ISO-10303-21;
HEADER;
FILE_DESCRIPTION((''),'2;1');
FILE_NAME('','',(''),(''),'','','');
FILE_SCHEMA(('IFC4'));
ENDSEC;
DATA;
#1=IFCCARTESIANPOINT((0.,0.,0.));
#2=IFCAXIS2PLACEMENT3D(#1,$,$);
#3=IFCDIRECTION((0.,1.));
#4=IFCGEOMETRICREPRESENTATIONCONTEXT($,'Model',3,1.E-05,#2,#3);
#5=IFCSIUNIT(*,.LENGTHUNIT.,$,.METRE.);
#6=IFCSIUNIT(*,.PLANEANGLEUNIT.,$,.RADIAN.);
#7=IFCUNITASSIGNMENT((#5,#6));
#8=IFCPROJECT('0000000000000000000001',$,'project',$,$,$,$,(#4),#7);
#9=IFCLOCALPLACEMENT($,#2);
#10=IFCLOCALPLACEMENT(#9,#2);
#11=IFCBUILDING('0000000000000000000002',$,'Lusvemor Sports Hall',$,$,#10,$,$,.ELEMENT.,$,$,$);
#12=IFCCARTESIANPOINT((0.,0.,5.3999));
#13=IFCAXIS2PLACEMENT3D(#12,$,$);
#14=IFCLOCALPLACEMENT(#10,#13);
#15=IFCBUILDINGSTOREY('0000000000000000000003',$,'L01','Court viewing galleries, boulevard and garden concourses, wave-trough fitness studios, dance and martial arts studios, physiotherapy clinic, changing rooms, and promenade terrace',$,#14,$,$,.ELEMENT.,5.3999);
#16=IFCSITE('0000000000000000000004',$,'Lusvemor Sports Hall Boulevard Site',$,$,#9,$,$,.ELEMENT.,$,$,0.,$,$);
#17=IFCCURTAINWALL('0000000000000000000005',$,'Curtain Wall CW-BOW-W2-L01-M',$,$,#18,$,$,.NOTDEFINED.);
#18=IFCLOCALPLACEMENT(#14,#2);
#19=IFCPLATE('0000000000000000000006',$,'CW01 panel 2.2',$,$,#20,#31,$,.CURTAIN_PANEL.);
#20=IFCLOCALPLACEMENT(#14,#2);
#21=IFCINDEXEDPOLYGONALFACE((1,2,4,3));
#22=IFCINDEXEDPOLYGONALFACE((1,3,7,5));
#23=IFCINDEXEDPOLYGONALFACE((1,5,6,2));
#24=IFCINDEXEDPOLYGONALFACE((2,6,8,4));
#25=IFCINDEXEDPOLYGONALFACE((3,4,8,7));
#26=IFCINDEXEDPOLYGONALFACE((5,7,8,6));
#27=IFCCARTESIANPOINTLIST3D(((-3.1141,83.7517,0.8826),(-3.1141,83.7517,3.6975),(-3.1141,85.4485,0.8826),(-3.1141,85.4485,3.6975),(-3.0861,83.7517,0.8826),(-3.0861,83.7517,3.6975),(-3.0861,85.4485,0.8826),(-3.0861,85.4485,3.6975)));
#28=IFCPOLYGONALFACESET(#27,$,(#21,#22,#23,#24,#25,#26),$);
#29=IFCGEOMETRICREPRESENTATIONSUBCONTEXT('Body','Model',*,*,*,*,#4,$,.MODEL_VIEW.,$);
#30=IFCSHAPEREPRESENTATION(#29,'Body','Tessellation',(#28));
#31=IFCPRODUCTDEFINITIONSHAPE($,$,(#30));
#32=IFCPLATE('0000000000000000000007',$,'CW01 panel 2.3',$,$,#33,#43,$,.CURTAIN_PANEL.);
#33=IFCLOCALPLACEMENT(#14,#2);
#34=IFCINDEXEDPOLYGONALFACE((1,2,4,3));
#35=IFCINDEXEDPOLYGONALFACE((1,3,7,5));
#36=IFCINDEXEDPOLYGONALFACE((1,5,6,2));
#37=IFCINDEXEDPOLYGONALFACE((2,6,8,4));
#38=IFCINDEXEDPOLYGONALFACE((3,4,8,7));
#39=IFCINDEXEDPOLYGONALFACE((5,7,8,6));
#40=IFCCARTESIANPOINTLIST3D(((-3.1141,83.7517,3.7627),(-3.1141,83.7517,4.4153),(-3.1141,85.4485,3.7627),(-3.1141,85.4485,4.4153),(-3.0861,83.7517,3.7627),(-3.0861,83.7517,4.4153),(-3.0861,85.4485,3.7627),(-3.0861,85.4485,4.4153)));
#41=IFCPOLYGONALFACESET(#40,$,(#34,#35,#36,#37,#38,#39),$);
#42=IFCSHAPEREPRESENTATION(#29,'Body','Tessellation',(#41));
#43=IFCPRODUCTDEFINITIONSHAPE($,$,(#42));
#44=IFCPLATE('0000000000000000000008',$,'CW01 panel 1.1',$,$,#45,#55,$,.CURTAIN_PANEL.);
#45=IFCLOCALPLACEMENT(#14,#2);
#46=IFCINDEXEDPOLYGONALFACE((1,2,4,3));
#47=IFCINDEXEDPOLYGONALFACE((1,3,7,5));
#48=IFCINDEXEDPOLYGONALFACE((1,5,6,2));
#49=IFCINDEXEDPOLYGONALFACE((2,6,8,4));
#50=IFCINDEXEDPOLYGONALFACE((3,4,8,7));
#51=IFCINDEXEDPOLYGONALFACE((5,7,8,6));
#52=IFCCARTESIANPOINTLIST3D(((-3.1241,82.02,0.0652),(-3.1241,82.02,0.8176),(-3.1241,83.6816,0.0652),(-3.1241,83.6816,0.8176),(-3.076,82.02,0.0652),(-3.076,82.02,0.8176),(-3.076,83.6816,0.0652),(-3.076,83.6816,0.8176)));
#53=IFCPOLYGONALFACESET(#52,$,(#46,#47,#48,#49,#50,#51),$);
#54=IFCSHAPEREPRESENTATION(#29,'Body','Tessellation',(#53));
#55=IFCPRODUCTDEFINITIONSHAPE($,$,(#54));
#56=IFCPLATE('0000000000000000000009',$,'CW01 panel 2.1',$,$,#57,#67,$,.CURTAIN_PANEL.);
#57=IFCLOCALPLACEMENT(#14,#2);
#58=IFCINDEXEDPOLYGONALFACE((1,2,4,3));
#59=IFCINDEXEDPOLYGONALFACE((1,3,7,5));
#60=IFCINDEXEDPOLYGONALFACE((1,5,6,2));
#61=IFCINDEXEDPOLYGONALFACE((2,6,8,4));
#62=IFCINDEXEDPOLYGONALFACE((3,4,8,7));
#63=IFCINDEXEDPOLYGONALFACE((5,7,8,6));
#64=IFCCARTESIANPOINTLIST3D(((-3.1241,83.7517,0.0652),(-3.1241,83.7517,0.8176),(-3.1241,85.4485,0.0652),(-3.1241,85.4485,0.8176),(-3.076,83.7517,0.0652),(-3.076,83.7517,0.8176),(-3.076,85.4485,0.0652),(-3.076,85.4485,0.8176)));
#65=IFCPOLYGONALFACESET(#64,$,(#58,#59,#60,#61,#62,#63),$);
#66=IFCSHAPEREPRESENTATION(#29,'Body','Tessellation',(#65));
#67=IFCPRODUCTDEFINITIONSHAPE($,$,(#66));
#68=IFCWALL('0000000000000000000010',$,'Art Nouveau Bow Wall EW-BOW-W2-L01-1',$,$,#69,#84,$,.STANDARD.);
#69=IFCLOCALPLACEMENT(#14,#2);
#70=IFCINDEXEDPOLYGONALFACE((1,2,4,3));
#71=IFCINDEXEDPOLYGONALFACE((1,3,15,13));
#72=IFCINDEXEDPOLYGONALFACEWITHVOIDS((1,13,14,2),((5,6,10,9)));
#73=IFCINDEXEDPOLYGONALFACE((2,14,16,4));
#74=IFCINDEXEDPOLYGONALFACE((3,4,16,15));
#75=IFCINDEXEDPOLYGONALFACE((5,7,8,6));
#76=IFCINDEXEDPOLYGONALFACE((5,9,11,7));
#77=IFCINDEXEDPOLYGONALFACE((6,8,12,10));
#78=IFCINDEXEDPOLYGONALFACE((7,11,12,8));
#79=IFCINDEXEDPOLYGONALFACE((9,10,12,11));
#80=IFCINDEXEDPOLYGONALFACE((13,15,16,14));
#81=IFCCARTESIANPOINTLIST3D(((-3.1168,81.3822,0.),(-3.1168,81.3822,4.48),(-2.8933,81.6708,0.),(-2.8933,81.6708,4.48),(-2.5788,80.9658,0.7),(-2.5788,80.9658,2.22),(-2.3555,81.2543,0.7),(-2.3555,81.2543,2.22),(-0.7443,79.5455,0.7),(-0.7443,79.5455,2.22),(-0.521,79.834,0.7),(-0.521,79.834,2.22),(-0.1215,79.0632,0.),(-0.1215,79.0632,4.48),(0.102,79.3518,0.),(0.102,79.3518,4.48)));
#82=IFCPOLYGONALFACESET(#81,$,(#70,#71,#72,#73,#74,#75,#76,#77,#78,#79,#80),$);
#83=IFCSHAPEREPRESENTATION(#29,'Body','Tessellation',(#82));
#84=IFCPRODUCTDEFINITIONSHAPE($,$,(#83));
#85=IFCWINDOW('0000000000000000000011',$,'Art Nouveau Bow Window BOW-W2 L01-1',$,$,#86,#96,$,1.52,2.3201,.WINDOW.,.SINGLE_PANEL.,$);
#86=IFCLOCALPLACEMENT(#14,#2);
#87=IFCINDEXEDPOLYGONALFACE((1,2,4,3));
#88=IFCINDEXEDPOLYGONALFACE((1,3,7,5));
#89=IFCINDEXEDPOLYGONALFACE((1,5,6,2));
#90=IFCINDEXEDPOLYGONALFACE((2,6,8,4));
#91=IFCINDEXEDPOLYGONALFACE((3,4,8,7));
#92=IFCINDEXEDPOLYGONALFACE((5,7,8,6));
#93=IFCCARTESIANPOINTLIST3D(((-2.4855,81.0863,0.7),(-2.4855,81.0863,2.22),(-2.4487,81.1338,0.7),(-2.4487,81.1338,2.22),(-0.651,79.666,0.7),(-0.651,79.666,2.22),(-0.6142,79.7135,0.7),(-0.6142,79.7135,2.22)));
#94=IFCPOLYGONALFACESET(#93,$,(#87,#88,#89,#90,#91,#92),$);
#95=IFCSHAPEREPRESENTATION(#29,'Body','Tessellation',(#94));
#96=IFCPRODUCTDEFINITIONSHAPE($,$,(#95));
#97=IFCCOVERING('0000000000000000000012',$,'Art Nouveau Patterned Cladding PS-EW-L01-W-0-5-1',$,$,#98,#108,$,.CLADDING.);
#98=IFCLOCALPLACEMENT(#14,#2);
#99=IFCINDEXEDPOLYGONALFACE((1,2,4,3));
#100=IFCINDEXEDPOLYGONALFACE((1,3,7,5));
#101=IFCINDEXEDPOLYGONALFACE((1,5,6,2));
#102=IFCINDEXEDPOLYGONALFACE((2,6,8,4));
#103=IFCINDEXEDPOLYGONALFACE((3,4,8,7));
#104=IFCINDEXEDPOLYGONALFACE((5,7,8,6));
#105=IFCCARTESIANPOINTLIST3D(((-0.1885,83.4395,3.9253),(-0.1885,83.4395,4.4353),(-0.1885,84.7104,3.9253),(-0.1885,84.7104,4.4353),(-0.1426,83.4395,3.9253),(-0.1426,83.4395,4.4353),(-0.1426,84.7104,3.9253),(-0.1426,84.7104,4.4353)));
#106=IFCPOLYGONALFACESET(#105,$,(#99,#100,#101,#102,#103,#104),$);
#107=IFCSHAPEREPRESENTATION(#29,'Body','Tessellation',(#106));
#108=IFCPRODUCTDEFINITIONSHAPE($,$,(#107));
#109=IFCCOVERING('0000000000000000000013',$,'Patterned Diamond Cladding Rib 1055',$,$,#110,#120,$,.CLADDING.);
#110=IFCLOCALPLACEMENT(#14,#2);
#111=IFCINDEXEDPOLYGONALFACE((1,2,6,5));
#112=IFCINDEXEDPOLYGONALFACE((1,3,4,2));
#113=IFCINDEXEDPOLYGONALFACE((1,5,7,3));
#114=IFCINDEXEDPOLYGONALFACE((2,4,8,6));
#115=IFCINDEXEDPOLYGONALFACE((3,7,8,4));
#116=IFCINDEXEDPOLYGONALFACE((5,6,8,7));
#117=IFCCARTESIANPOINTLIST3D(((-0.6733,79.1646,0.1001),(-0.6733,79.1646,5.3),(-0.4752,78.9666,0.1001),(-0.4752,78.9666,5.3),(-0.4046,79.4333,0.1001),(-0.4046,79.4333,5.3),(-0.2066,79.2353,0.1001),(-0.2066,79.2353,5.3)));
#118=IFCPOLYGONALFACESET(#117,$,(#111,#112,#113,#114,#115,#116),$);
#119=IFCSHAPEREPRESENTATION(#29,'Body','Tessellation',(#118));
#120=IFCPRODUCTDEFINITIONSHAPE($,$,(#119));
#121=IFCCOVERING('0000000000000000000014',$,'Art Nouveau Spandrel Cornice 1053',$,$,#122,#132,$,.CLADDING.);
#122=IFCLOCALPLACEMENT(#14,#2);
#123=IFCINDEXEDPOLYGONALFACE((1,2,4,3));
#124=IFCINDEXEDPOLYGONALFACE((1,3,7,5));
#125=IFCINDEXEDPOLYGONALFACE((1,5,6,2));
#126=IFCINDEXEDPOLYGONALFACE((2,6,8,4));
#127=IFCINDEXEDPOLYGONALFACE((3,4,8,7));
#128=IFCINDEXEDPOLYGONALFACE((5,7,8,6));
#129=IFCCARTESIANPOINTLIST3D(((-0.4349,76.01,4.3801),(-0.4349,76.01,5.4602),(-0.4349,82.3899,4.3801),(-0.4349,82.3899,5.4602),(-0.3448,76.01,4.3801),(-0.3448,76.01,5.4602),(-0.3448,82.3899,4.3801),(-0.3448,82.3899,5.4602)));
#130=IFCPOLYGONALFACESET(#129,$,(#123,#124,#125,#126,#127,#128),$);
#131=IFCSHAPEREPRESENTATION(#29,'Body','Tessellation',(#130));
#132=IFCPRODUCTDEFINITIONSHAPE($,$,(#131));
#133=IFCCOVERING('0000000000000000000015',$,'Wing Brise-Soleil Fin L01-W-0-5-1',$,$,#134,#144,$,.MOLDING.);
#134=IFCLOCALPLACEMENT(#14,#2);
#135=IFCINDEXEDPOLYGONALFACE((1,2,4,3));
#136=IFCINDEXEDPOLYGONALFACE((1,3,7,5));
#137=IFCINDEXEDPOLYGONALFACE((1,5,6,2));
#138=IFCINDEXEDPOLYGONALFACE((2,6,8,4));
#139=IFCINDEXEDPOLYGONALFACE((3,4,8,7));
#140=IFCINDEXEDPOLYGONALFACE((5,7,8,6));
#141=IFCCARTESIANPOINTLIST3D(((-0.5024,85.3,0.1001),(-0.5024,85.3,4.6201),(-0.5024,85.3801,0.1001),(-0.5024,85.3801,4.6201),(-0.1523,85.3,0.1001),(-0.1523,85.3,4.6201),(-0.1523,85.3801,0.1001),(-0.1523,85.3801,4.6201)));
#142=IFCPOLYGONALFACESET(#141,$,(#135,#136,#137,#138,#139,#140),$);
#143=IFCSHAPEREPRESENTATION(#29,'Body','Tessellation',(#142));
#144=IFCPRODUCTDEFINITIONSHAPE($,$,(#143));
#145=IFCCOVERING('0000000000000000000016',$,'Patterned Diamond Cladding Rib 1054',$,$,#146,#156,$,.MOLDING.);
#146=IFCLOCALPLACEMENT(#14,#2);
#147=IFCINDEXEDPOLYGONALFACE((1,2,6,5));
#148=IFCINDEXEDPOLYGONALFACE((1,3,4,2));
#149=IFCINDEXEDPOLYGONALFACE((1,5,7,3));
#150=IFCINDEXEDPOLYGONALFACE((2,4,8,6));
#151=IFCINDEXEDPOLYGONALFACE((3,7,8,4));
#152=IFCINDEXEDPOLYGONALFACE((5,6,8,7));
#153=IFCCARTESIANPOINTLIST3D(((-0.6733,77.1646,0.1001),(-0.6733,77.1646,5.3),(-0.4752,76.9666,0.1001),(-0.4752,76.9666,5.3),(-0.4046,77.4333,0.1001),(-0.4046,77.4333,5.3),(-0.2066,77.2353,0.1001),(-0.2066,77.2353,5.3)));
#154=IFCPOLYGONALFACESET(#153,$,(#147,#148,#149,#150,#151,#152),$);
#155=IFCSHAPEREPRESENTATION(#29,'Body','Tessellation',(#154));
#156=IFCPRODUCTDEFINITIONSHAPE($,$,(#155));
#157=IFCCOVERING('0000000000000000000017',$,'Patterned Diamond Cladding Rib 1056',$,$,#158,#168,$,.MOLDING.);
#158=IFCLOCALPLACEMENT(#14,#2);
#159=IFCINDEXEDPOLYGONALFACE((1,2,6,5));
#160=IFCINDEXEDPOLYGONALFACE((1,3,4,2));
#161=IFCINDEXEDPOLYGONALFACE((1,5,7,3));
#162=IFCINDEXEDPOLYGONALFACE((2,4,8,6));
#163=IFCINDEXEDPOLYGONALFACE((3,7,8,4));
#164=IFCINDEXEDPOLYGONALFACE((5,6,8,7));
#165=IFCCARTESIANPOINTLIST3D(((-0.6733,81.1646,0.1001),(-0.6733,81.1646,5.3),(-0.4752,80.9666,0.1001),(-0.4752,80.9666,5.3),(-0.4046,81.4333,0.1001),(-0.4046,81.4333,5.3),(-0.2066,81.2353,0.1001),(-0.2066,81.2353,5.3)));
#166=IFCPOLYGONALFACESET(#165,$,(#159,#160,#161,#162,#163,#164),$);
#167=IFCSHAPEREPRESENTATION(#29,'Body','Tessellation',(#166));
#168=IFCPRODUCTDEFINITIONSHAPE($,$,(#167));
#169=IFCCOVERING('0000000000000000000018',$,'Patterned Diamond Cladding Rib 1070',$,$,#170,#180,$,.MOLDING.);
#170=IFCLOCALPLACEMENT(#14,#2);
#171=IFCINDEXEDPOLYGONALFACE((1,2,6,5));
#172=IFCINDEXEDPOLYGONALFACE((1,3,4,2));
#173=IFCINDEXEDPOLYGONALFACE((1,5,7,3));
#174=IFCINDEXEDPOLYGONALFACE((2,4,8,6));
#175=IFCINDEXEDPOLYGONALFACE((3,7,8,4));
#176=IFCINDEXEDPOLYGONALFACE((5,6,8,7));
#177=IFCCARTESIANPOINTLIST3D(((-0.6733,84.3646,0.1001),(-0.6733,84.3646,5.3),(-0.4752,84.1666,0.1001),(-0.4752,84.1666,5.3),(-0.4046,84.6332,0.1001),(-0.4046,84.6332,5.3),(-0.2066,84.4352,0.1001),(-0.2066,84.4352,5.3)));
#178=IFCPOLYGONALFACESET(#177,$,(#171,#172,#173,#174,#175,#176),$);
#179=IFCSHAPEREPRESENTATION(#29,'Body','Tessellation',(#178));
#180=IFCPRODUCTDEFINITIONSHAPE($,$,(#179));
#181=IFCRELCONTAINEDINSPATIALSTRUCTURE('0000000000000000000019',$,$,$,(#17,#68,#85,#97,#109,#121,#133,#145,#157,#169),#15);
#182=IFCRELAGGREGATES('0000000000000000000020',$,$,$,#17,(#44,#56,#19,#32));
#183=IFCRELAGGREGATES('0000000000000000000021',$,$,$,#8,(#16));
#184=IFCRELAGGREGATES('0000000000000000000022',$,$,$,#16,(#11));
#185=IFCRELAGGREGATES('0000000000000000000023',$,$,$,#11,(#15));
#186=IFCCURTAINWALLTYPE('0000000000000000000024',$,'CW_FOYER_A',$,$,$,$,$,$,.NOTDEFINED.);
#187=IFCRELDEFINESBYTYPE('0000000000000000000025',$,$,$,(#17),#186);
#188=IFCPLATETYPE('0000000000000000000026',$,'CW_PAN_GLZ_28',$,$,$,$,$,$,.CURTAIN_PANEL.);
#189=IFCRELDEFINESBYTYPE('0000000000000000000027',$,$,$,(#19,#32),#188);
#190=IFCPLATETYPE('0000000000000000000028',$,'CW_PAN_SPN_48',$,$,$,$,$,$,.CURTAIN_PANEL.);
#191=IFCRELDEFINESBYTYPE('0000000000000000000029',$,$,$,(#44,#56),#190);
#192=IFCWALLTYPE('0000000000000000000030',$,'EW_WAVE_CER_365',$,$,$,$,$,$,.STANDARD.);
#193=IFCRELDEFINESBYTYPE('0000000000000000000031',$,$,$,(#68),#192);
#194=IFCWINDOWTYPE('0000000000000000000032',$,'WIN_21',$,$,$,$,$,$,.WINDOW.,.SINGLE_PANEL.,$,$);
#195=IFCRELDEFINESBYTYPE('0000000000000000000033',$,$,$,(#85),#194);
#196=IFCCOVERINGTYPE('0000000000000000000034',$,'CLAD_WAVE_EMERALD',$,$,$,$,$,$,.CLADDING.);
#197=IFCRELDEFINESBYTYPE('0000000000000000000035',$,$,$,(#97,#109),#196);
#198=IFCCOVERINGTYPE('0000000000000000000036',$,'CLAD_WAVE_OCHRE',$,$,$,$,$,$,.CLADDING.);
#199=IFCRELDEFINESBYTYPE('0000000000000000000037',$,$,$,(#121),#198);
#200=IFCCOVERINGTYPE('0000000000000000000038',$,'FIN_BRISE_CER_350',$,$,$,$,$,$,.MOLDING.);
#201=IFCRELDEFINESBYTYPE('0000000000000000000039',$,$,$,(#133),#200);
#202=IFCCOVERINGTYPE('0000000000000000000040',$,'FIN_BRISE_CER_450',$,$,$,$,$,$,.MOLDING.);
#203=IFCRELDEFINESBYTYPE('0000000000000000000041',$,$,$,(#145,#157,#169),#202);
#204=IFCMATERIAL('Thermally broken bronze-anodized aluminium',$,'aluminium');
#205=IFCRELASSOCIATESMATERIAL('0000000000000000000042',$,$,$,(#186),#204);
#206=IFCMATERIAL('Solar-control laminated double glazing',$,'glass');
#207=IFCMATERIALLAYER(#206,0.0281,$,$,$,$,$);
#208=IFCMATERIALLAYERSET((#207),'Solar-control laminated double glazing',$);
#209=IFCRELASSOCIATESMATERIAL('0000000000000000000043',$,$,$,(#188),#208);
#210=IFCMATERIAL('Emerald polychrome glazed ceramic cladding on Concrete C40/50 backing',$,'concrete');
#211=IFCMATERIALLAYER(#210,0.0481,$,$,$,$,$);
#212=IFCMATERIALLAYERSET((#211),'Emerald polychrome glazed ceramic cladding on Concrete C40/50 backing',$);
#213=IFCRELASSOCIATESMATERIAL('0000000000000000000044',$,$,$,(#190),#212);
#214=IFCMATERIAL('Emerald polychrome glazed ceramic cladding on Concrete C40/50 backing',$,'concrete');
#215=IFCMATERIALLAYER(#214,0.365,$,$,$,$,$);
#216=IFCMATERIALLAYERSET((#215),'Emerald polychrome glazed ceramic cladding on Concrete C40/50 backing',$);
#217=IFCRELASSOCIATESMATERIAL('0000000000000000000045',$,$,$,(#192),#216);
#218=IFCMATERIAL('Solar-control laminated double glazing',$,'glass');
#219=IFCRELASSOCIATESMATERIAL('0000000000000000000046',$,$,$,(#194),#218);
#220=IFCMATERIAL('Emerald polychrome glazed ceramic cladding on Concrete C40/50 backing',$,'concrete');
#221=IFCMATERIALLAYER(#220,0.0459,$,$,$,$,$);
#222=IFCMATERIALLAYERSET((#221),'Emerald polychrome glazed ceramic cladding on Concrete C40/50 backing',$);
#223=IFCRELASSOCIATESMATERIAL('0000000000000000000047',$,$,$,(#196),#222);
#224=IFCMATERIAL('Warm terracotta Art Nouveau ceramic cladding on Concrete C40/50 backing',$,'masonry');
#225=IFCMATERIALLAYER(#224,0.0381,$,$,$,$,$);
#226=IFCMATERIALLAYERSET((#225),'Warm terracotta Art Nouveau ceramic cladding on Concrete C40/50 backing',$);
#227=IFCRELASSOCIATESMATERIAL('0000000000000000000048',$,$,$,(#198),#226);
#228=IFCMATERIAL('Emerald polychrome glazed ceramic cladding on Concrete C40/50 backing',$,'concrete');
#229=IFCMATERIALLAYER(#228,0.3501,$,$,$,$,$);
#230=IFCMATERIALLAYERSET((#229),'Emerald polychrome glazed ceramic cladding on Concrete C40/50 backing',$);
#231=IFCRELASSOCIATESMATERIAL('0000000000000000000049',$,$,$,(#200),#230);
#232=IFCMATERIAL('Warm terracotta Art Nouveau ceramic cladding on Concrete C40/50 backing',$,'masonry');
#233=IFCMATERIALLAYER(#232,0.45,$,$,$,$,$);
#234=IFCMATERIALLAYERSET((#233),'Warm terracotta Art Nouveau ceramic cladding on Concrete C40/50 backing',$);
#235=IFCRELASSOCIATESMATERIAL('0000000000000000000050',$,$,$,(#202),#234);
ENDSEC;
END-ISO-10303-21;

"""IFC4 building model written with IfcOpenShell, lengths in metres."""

from ifc_helpers import new_model, si_unit, direction, frame, frame_2d, origin, origin_2d, place, context, subcontext, project, spatial, rectangle, extrude, material, layer, layer_set, type_object, element, fill, aggregate, save


model = new_model("IFC4")

# Units and contexts
model_context = context("Model", 3, precision=1e-05, world=origin(), true_north=direction((0.0, 1.0)))
body_context = subcontext(model_context, "Body", "Model", "MODEL_VIEW")
ifc_project = project(units=[si_unit("LENGTHUNIT", "METRE"), si_unit("PLANEANGLEUNIT", "RADIAN")], contexts=[model_context])

# Site, building, storey
site_placement = place(None, origin())
site = spatial("IfcSite", under=ifc_project, at=site_placement, Name="Lusvemor Sports Hall Boulevard Site", CompositionType="ELEMENT", RefElevation=0.0)
building_placement = place(site_placement, origin())
building = spatial("IfcBuilding", under=site, at=building_placement, Name="Lusvemor Sports Hall", CompositionType="ELEMENT")
storey_placement = place(building_placement, frame((0.0, 0.0, 5.3999)))
storey = spatial("IfcBuildingStorey", under=building, at=storey_placement, Name="L01", Description="Court viewing galleries, boulevard and garden concourses, wave-trough fitness studios, dance and martial arts studios, physiotherapy clinic, changing rooms, and promenade terrace", CompositionType="ELEMENT", Elevation=5.3999)

# Curtain wall
ifc_material_1 = material(Name="Thermally broken bronze-anodized aluminium", Category="aluminium")
curtain_wall_type_1 = type_object("IfcCurtainWallType", Name="CW_FOYER_A", PredefinedType="NOTDEFINED", material=ifc_material_1)
curtain_wall_1_placement = place(storey_placement, origin())
curtain_wall_1 = element("IfcCurtainWall", 1, at=curtain_wall_1_placement, inside=storey, type_object=curtain_wall_type_1, Name="Curtain Wall CW-BOW-W2-L01-M", PredefinedType="NOTDEFINED")

# Plates
ifc_material_2 = material(Name="Solar-control laminated double glazing", Category="glass")
ifc_layer_1 = layer(ifc_material_2, 0.0281)
ifc_layer_set_1 = layer_set([ifc_layer_1], Name="Solar-control laminated double glazing")
plate_type_1 = type_object("IfcPlateType", Name="CW_PAN_GLZ_28", PredefinedType="CURTAIN_PANEL", material=ifc_layer_set_1)
plate_1_placement = place(storey_placement, frame((-3.1001, 84.6001, 0.8826), z_axis=(0.0, 0.0, 1.0), x_axis=(0.0, 1.0, 0.0)))
plate_1 = element("IfcPlate", 2, at=plate_1_placement, type_object=plate_type_1, Name="CW01 panel 2.2", PredefinedType="CURTAIN_PANEL", context=body_context, shape_type="SweptSolid", body=[
    extrude(rectangle(XDim=1.6968, YDim=0.0281, at=origin_2d()), origin(), (0.0, 0.0, 1.0), 2.8149),
])
plate_2_placement = place(storey_placement, frame((-3.1001, 84.6001, 3.7627), z_axis=(0.0, 0.0, 1.0), x_axis=(0.0, 1.0, 0.0)))
plate_2 = element("IfcPlate", 3, at=plate_2_placement, type_object=plate_type_1, Name="CW01 panel 2.3", PredefinedType="CURTAIN_PANEL", context=body_context, shape_type="SweptSolid", body=[
    extrude(rectangle(XDim=1.6968, YDim=0.0281, at=origin_2d()), origin(), (0.0, 0.0, 1.0), 0.6526),
])
ifc_material_3 = material(Name="Emerald polychrome glazed ceramic cladding on Concrete C40/50 backing", Category="concrete")
ifc_layer_2 = layer(ifc_material_3, 0.0481)
ifc_layer_set_2 = layer_set([ifc_layer_2], Name="Emerald polychrome glazed ceramic cladding on Concrete C40/50 backing")
plate_type_2 = type_object("IfcPlateType", Name="CW_PAN_SPN_48", PredefinedType="CURTAIN_PANEL", material=ifc_layer_set_2)
plate_3_placement = place(storey_placement, frame((-3.1001, 82.8508, 0.0652), z_axis=(0.0, 0.0, 1.0), x_axis=(0.0, 1.0, 0.0)))
plate_3 = element("IfcPlate", 4, at=plate_3_placement, type_object=plate_type_2, Name="CW01 panel 1.1", PredefinedType="CURTAIN_PANEL", context=body_context, shape_type="SweptSolid", body=[
    extrude(rectangle(XDim=1.6616, YDim=0.0481, at=origin_2d()), origin(), (0.0, 0.0, 1.0), 0.7524),
])
plate_4_placement = place(storey_placement, frame((-3.1001, 84.6001, 0.0652), z_axis=(0.0, 0.0, 1.0), x_axis=(0.0, 1.0, 0.0)))
plate_4 = element("IfcPlate", 5, at=plate_4_placement, type_object=plate_type_2, Name="CW01 panel 2.1", PredefinedType="CURTAIN_PANEL", context=body_context, shape_type="SweptSolid", body=[
    extrude(rectangle(XDim=1.6968, YDim=0.0481, at=origin_2d()), origin(), (0.0, 0.0, 1.0), 0.7524),
])
aggregate(curtain_wall_1, [plate_3, plate_4, plate_1, plate_2])

# Wall, opening, window
ifc_material_4 = material(Name="Emerald polychrome glazed ceramic cladding on Concrete C40/50 backing", Category="concrete")
ifc_layer_3 = layer(ifc_material_4, 0.365)
ifc_layer_set_3 = layer_set([ifc_layer_3], Name="Emerald polychrome glazed ceramic cladding on Concrete C40/50 backing")
wall_type = type_object("IfcWallType", Name="EW_WAVE_CER_365", PredefinedType="STANDARD", material=ifc_layer_set_3)
wall_placement = place(storey_placement, frame((-0.0098, 79.2075, 0.0), z_axis=(0.0, 0.0, 1.0), x_axis=(-0.790711, 0.61219, 0.0)))
wall = element("IfcWall", 6, at=wall_placement, inside=storey, type_object=wall_type, Name="Art Nouveau Bow Wall EW-BOW-W2-L01-1", PredefinedType="STANDARD", context=body_context, shape_type="SweptSolid", body=[
    extrude(rectangle(XDim=3.7881, YDim=0.365, at=frame_2d((1.894, 0.0))), origin(), (0.0, 0.0, 1.0), 4.48),
])
opening_placement = place(wall_placement, frame((0.7876, 0.0, 0.7)))
opening = element("IfcOpeningElement", 7, at=opening_placement, cuts=wall, PredefinedType="OPENING", context=body_context, shape_type="SweptSolid", body=[
    extrude(rectangle(XDim=2.3201, YDim=1.52, at=frame_2d((1.1602, 0.76))), frame((0.0, 0.1826, 0.0), z_axis=(0.0, -1.0, 0.0), x_axis=(1.0, 0.0, 0.0)), (0.0, 0.0, 1.0), 0.365),
])
ifc_material_5 = material(Name="Solar-control laminated double glazing", Category="glass")
window_type = type_object("IfcWindowType", Name="WIN_21", PartitioningType="SINGLE_PANEL", PredefinedType="WINDOW", material=ifc_material_5)
window_placement = place(opening_placement, origin())
window = element("IfcWindow", 8, at=window_placement, inside=storey, type_object=window_type, Name="Art Nouveau Bow Window BOW-W2 L01-1", OverallHeight=1.52, OverallWidth=2.3201, PartitioningType="SINGLE_PANEL", PredefinedType="WINDOW", context=body_context, shape_type="SweptSolid", body=[
    extrude(rectangle(XDim=2.3201, YDim=1.52, at=frame_2d((1.1602, 0.76))), frame((0.0, 0.03, 0.0), z_axis=(0.0, -1.0, 0.0), x_axis=(1.0, 0.0, 0.0)), (0.0, 0.0, 1.0), 0.0601),
])
fill(opening, window)

# Coverings
ifc_material_6 = material(Name="Emerald polychrome glazed ceramic cladding on Concrete C40/50 backing", Category="concrete")
ifc_layer_4 = layer(ifc_material_6, 0.0459)
ifc_layer_set_4 = layer_set([ifc_layer_4], Name="Emerald polychrome glazed ceramic cladding on Concrete C40/50 backing")
covering_type_1 = type_object("IfcCoveringType", Name="CLAD_WAVE_EMERALD", PredefinedType="CLADDING", material=ifc_layer_set_4)
covering_1_placement = place(storey_placement, frame((-0.1655, 84.075, 3.9253), z_axis=(0.0, 0.0, 1.0), x_axis=(1.0, 0.0, 0.0)))
element("IfcCovering", 9, at=covering_1_placement, inside=storey, type_object=covering_type_1, Name="Art Nouveau Patterned Cladding PS-EW-L01-W-0-5-1", PredefinedType="CLADDING", context=body_context, shape_type="SweptSolid", body=[
    extrude(rectangle(XDim=0.0459, YDim=1.271, at=origin_2d()), origin(), (0.0, 0.0, 1.0), 0.51),
])
covering_2_placement = place(storey_placement, frame((-0.4399, 79.2, 0.1001), z_axis=(0.0, 0.0, 1.0), x_axis=(0.707107, 0.707107, 0.0)))
element("IfcCovering", 10, at=covering_2_placement, inside=storey, type_object=covering_type_1, Name="Patterned Diamond Cladding Rib 1055", PredefinedType="CLADDING", context=body_context, shape_type="SweptSolid", body=[
    extrude(rectangle(XDim=0.3799, YDim=0.28, at=origin_2d()), origin(), (0.0, 0.0, 1.0), 5.2),
])
ifc_material_7 = material(Name="Warm terracotta Art Nouveau ceramic cladding on Concrete C40/50 backing", Category="masonry")
ifc_layer_5 = layer(ifc_material_7, 0.0381)
ifc_layer_set_5 = layer_set([ifc_layer_5], Name="Warm terracotta Art Nouveau ceramic cladding on Concrete C40/50 backing")
covering_type_2 = type_object("IfcCoveringType", Name="CLAD_WAVE_OCHRE", PredefinedType="CLADDING", material=ifc_layer_set_5)
covering_3_placement = place(storey_placement, frame((-0.3899, 79.2, 4.3801), z_axis=(0.0, 0.0, 1.0), x_axis=(1.0, 0.0, 0.0)))
element("IfcCovering", 11, at=covering_3_placement, inside=storey, type_object=covering_type_2, Name="Art Nouveau Spandrel Cornice 1053", PredefinedType="CLADDING", context=body_context, shape_type="SweptSolid", body=[
    extrude(rectangle(XDim=0.0901, YDim=6.3799, at=origin_2d()), origin(), (0.0, 0.0, 1.0), 1.0801),
])
ifc_material_8 = material(Name="Emerald polychrome glazed ceramic cladding on Concrete C40/50 backing", Category="concrete")
ifc_layer_6 = layer(ifc_material_8, 0.3501)
ifc_layer_set_6 = layer_set([ifc_layer_6], Name="Emerald polychrome glazed ceramic cladding on Concrete C40/50 backing")
covering_type_3 = type_object("IfcCoveringType", Name="FIN_BRISE_CER_350", PredefinedType="MOLDING", material=ifc_layer_set_6)
covering_4_placement = place(storey_placement, frame((-0.3274, 85.3401, 0.1001), z_axis=(0.0, 0.0, 1.0), x_axis=(1.0, 0.0, 0.0)))
element("IfcCovering", 12, at=covering_4_placement, inside=storey, type_object=covering_type_3, Name="Wing Brise-Soleil Fin L01-W-0-5-1", PredefinedType="MOLDING", context=body_context, shape_type="SweptSolid", body=[
    extrude(rectangle(XDim=0.3501, YDim=0.0801, at=origin_2d()), origin(), (0.0, 0.0, 1.0), 4.52),
])
ifc_material_9 = material(Name="Warm terracotta Art Nouveau ceramic cladding on Concrete C40/50 backing", Category="masonry")
ifc_layer_7 = layer(ifc_material_9, 0.45)
ifc_layer_set_7 = layer_set([ifc_layer_7], Name="Warm terracotta Art Nouveau ceramic cladding on Concrete C40/50 backing")
covering_type_4 = type_object("IfcCoveringType", Name="FIN_BRISE_CER_450", PredefinedType="MOLDING", material=ifc_layer_set_7)
for number, where, z_axis, x_axis, name in (
    (13, (-0.4399, 77.2, 0.1001), (0.0, 0.0, 1.0), (0.707107, 0.707107, 0.0), "Patterned Diamond Cladding Rib 1054"),
    (14, (-0.4399, 81.2, 0.1001), (0.0, 0.0, 1.0), (0.707107, 0.707107, 0.0), "Patterned Diamond Cladding Rib 1056"),
    (15, (-0.4399, 84.3999, 0.1001), (0.0, 0.0, 1.0), (0.707107, 0.707107, 0.0), "Patterned Diamond Cladding Rib 1070"),
):
    element("IfcCovering", number, at=place(storey_placement, frame(where, z_axis=z_axis, x_axis=x_axis)), inside=storey, type_object=covering_type_4, Name=name, PredefinedType="MOLDING", context=body_context, shape_type="SweptSolid", body=[
        extrude(rectangle(XDim=0.3799, YDim=0.28, at=origin_2d()), origin(), (0.0, 0.0, 1.0), 5.2),
    ])

save(model, "model.ifc")
